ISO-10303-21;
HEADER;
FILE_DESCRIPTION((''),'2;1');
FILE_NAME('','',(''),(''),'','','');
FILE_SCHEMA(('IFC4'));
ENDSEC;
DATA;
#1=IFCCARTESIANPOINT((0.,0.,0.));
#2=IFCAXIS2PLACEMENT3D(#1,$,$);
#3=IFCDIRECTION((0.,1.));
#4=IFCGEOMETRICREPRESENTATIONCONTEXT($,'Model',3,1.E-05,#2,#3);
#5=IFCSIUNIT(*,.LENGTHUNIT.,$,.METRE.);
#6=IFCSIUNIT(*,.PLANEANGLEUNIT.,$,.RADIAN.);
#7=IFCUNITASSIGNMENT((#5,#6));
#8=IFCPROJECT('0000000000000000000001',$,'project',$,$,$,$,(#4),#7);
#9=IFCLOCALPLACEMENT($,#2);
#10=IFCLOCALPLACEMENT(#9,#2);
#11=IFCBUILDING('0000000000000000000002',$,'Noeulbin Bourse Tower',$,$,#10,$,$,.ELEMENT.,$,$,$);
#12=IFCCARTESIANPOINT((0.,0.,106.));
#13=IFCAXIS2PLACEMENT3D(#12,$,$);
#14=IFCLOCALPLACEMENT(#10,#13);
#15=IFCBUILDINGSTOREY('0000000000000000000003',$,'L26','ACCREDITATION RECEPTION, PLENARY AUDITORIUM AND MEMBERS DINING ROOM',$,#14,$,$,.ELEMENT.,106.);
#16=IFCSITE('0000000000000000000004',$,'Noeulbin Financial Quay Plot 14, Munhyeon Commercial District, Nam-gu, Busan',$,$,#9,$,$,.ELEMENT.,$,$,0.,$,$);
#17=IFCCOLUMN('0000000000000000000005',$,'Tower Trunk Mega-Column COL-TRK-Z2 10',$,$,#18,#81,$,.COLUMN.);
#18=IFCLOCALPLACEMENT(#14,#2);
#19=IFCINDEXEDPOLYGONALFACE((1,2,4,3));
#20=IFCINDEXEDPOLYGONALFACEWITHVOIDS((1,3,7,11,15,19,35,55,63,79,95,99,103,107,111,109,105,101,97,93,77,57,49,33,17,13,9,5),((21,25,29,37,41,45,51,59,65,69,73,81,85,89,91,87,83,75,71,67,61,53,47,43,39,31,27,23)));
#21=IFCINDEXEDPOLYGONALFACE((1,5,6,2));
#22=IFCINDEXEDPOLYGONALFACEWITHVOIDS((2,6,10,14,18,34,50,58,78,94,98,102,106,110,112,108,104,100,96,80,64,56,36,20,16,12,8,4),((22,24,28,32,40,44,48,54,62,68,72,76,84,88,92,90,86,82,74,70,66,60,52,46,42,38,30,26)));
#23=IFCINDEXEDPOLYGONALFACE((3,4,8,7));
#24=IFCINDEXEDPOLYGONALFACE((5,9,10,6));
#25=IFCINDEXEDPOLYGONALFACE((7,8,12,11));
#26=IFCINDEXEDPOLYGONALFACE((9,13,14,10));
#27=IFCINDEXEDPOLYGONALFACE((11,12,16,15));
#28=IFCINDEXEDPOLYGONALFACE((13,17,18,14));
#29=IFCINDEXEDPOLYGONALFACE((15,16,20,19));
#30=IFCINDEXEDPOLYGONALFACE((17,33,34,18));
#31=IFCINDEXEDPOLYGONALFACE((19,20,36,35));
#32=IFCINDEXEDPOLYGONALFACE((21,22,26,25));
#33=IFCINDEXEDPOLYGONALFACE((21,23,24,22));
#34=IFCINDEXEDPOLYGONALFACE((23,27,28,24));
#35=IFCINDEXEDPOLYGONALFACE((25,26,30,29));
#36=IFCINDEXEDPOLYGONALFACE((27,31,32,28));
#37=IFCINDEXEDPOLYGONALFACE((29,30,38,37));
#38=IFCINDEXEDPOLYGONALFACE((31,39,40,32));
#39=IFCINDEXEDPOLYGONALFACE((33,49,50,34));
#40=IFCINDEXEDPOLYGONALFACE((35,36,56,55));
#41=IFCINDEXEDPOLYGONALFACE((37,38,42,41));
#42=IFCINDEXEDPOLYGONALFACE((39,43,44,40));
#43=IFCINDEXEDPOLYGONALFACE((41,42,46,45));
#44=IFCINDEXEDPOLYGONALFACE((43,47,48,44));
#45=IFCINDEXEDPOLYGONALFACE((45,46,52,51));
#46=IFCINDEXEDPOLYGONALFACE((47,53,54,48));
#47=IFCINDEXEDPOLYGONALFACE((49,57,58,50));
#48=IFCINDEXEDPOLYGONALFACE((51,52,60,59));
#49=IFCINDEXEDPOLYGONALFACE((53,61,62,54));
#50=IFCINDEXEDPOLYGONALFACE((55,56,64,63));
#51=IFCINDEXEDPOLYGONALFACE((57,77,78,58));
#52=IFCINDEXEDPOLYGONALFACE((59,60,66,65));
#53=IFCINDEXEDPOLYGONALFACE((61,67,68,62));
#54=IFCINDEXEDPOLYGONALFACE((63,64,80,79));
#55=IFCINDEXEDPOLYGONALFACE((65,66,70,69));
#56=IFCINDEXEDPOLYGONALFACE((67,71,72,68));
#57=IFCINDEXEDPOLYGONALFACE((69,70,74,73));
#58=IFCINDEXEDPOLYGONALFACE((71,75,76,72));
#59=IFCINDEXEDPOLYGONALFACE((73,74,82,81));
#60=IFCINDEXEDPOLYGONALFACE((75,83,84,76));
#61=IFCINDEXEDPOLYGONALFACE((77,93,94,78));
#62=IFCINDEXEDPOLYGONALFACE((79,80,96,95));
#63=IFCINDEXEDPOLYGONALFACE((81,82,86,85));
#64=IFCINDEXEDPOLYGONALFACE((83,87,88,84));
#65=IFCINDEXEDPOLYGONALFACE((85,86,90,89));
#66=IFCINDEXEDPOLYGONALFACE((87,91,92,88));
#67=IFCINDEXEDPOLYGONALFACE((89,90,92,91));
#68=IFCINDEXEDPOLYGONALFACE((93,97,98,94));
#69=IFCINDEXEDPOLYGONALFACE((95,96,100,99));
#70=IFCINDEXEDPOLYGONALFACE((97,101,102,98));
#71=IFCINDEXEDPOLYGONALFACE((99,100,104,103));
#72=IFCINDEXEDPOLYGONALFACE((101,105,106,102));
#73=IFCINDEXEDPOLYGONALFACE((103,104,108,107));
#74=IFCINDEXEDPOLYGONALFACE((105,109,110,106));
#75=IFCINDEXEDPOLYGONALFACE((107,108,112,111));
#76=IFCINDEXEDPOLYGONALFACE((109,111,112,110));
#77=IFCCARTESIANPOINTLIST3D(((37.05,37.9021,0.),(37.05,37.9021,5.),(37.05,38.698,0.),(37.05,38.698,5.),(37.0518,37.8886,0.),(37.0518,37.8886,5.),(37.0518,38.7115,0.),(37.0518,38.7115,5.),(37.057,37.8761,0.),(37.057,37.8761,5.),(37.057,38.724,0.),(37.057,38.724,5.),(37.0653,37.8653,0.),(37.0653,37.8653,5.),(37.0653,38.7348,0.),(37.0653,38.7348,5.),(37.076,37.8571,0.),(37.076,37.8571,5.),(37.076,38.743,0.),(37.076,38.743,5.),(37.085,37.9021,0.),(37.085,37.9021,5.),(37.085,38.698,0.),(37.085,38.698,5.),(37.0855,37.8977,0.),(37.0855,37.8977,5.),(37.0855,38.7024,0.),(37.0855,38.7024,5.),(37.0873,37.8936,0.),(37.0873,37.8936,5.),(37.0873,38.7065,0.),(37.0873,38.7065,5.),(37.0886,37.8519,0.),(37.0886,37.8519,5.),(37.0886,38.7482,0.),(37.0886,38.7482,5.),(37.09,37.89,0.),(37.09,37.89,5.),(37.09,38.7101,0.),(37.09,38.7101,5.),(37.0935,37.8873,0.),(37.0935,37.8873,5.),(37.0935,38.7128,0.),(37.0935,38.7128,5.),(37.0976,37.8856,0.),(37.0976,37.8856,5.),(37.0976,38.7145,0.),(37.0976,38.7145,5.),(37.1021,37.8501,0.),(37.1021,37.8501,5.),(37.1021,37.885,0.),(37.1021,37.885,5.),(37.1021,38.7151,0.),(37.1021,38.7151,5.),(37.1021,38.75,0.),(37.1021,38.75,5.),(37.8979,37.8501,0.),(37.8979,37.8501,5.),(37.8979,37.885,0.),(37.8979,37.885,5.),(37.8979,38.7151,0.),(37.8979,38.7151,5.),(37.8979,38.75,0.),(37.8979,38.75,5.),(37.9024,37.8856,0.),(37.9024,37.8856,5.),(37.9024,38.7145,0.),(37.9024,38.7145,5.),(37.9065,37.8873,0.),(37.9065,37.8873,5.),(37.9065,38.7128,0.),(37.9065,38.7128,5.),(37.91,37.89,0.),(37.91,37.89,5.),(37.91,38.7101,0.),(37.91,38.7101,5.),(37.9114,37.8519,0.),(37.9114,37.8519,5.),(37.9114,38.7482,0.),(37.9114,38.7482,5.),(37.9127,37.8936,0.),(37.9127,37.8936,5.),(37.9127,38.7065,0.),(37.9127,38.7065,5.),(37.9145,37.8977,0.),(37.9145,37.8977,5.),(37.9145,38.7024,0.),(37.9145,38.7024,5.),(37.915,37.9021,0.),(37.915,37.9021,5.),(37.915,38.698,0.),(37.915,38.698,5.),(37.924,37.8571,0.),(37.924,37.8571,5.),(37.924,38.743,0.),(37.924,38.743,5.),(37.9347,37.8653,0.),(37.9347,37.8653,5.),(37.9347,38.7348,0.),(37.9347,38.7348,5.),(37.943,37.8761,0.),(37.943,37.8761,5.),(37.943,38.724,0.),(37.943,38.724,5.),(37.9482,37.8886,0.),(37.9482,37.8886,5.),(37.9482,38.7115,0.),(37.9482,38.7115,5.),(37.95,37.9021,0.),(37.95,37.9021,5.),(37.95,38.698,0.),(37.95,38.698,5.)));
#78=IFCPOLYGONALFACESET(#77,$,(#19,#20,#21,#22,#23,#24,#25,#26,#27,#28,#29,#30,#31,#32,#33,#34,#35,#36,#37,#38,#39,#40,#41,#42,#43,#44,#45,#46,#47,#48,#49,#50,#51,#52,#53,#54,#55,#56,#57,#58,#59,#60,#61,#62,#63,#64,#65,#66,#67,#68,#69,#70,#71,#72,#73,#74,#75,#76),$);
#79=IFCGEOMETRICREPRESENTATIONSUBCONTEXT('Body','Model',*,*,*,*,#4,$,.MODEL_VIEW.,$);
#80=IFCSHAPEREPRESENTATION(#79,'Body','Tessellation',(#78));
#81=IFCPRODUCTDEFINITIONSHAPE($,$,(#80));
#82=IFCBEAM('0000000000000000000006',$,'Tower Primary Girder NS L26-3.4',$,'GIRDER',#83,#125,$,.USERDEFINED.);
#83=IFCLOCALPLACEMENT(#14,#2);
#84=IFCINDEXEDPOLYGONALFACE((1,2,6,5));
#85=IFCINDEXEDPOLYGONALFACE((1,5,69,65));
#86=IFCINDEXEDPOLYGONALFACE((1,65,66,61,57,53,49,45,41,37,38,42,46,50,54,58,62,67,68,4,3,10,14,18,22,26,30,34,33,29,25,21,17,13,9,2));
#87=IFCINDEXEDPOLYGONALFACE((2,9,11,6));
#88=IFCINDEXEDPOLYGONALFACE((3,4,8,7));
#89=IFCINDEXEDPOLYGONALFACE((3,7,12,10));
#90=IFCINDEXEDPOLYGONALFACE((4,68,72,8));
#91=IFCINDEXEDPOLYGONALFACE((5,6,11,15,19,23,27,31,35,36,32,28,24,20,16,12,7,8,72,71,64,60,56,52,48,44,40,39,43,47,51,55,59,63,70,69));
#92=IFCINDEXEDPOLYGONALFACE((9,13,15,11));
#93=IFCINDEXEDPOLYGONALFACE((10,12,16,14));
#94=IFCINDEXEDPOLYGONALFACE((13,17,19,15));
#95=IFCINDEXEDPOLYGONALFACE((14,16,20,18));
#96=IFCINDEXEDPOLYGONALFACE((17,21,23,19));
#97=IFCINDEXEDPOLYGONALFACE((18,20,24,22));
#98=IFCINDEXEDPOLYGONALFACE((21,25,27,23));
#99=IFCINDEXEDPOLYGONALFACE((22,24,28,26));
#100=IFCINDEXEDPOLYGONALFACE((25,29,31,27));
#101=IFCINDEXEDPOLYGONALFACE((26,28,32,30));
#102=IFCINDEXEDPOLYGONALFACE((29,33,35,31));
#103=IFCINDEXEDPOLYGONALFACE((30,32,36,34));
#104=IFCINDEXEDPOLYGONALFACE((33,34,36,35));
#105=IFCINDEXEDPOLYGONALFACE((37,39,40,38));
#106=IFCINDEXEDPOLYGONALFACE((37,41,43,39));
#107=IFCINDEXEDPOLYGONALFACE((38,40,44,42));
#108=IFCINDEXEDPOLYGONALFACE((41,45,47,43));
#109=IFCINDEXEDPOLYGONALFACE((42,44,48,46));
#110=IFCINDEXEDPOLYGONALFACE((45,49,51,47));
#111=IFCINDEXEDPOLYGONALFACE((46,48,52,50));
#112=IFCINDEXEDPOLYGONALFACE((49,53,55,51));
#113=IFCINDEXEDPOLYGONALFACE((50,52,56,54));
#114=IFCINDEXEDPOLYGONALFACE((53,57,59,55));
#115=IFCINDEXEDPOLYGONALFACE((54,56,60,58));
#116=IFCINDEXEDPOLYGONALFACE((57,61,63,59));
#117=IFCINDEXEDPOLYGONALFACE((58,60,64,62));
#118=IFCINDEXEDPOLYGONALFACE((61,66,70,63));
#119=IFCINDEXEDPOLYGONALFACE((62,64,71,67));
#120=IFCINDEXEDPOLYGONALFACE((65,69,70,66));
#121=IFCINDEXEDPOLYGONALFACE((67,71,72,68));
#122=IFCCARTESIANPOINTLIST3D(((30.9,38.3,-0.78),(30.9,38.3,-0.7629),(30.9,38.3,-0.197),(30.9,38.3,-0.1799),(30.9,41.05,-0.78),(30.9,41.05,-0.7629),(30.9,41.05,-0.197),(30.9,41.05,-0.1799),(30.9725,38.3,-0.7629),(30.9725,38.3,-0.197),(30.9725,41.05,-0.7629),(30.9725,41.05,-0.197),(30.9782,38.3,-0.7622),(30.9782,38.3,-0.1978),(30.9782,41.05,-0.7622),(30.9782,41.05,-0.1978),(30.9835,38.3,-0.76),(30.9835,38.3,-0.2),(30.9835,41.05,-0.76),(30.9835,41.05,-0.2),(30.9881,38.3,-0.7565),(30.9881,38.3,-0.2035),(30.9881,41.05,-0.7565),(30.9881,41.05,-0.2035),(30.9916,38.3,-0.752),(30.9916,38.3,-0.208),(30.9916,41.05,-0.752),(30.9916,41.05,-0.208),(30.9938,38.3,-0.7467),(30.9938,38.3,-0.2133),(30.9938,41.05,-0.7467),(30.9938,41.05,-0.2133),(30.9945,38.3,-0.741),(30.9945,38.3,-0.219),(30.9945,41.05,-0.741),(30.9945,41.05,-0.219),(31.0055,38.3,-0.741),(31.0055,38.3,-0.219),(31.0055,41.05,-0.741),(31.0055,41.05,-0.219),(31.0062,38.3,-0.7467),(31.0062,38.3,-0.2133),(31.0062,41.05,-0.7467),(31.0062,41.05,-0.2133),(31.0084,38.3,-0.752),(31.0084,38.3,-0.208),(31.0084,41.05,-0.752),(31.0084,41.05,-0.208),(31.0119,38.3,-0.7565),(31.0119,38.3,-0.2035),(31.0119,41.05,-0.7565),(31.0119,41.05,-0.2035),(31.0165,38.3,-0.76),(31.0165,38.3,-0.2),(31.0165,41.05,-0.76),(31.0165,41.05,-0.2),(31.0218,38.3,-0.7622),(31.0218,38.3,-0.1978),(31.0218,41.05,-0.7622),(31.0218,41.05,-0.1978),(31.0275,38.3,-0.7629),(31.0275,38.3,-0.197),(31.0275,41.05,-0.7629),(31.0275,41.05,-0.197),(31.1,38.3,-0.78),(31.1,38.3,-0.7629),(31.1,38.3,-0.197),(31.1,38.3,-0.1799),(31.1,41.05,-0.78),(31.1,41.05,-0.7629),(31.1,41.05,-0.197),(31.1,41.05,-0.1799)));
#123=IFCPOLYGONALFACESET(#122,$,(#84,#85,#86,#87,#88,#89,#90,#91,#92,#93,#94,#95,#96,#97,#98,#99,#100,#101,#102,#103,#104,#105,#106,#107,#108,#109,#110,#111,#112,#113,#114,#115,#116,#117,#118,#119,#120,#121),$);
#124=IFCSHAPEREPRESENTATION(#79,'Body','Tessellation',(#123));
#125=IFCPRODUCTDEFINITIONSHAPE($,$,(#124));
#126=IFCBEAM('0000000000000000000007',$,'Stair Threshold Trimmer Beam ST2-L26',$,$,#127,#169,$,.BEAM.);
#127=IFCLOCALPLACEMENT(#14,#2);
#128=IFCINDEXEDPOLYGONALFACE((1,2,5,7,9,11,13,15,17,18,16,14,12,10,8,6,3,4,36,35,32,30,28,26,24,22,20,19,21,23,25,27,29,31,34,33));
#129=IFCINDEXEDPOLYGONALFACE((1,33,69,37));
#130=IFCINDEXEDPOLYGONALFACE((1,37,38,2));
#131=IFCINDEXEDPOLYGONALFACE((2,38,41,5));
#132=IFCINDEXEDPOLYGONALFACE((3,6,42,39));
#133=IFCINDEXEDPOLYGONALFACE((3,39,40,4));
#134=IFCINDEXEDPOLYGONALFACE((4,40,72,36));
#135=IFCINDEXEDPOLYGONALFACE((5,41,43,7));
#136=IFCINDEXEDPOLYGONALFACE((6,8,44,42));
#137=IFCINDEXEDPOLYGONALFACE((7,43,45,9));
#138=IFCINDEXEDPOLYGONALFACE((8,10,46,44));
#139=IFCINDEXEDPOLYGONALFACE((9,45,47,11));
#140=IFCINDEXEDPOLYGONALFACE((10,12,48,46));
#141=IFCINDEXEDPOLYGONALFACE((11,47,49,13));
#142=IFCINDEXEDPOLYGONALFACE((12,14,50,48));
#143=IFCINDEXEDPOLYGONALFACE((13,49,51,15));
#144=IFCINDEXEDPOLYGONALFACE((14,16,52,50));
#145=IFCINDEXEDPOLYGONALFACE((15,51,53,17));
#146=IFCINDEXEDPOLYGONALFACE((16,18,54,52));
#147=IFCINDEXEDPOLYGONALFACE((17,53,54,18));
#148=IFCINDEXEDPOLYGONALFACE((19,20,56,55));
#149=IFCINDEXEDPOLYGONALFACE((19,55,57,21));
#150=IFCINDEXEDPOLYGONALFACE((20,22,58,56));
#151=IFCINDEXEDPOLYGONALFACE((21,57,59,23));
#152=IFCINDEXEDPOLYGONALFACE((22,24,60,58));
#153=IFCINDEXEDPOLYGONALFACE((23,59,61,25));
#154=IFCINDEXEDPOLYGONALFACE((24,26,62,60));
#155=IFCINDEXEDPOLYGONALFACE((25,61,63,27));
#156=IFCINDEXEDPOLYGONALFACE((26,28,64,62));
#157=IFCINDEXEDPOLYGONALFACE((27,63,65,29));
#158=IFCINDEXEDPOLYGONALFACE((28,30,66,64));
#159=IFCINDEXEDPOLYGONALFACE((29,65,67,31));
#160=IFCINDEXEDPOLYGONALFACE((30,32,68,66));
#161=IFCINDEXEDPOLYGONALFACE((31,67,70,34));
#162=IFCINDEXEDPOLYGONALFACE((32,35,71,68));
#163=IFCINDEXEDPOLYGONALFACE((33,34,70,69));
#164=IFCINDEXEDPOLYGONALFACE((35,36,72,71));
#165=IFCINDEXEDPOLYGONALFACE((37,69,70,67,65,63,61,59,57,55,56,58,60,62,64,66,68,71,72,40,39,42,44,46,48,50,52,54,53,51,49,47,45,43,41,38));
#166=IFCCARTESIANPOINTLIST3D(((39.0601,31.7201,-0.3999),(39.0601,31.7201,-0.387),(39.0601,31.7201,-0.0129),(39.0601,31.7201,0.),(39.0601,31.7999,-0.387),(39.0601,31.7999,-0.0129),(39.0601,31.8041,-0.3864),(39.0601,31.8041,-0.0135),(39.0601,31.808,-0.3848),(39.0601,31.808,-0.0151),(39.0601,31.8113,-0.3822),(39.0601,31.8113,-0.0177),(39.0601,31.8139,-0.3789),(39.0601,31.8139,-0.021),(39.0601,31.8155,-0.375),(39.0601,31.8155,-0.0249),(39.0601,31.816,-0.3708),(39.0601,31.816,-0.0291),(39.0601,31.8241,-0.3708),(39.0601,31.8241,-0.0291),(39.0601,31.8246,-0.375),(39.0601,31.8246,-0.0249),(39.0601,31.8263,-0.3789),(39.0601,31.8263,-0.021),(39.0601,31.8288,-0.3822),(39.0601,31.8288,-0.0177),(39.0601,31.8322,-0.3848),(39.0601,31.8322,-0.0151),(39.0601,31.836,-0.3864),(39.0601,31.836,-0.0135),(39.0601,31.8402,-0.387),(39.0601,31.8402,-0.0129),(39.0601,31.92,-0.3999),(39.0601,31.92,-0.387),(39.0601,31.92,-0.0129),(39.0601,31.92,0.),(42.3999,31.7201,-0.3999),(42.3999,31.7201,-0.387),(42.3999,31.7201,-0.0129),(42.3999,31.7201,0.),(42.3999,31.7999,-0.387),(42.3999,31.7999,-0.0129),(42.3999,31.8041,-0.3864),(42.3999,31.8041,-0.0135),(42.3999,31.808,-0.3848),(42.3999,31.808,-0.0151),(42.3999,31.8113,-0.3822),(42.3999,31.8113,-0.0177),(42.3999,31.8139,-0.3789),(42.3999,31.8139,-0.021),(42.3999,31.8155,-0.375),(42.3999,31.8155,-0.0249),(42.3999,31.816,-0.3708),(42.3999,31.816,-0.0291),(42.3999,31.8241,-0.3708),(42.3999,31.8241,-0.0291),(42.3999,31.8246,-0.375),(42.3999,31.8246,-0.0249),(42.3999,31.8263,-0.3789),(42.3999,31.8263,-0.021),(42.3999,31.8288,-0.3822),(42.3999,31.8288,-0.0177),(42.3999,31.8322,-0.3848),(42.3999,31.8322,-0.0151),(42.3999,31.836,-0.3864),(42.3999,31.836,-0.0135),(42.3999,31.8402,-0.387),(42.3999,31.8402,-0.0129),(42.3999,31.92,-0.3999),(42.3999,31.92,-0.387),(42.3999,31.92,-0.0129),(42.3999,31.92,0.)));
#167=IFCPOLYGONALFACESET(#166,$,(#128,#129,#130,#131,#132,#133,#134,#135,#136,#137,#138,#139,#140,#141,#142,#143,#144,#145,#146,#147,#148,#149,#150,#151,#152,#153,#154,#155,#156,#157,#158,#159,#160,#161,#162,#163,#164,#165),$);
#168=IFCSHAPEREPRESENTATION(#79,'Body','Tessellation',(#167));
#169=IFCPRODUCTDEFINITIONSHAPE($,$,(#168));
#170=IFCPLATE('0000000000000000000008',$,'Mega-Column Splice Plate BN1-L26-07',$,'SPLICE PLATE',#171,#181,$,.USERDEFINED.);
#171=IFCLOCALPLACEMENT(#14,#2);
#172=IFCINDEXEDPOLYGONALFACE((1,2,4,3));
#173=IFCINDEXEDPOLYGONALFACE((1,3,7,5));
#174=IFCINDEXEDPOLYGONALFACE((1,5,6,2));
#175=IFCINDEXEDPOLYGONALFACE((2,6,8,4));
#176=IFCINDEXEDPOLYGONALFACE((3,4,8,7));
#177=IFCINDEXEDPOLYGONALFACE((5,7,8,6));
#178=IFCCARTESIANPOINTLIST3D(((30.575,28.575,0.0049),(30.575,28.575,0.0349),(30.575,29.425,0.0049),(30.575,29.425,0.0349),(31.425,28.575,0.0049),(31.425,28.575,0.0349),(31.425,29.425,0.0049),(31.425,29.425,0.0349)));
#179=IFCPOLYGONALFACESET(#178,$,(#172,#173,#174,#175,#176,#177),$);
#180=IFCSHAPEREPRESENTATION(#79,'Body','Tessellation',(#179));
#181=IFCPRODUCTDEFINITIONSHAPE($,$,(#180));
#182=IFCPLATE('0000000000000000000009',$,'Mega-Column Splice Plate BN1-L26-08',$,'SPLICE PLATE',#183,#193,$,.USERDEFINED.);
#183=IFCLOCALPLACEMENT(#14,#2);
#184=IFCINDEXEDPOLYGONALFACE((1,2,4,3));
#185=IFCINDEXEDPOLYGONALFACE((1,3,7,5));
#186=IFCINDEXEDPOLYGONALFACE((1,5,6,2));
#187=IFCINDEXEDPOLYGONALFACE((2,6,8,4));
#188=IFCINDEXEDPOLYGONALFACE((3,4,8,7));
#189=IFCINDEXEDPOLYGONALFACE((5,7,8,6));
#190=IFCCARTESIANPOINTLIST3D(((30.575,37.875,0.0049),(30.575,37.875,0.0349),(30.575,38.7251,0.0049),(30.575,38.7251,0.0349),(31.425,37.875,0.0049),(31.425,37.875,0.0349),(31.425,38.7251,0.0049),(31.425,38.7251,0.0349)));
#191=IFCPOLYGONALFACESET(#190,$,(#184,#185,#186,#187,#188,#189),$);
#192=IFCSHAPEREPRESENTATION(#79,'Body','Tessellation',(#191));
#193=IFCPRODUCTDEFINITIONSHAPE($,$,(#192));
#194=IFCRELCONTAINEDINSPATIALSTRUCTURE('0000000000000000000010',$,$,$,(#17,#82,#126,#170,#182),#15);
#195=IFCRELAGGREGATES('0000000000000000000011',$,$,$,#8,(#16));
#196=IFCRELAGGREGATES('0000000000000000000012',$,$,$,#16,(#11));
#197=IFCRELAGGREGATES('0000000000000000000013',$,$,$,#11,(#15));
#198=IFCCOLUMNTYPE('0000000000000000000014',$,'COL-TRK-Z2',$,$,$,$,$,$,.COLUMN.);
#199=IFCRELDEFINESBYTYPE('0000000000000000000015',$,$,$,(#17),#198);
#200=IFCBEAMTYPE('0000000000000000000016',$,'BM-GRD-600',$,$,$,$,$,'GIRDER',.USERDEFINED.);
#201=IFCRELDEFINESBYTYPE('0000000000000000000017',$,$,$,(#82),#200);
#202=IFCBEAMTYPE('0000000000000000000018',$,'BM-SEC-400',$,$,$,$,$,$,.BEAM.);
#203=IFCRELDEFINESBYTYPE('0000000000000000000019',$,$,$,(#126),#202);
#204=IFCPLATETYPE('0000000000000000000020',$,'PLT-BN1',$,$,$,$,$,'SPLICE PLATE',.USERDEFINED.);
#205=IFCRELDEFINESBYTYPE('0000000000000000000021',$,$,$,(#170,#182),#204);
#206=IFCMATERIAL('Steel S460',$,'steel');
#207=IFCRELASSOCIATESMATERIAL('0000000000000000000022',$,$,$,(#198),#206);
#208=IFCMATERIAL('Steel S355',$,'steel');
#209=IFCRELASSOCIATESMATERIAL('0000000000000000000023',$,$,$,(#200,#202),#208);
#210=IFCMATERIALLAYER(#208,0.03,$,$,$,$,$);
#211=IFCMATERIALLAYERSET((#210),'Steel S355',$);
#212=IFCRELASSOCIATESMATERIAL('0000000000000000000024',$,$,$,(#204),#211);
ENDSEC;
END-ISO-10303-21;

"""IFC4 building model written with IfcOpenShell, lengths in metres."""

from ifc_helpers import new_model, si_unit, direction, frame, origin, origin_2d, place, context, subcontext, project, spatial, rectangle, hollow_rectangle, i_section, extrude, material, layer, layer_set, material_profile, profile_set, type_object, element, save


model = new_model("IFC4")

# Units and contexts
model_context = context("Model", 3, precision=1e-05, world=origin(), true_north=direction((0.0, 1.0)))
body_context = subcontext(model_context, "Body", "Model", "MODEL_VIEW")
ifc_project = project(units=[si_unit("LENGTHUNIT", "METRE"), si_unit("PLANEANGLEUNIT", "RADIAN")], contexts=[model_context])

# Site, building, storey
site_placement = place(None, origin())
site = spatial("IfcSite", under=ifc_project, at=site_placement, Name="Noeulbin Financial Quay Plot 14, Munhyeon Commercial District, Nam-gu, Busan", CompositionType="ELEMENT", RefElevation=0.0)
building_placement = place(site_placement, origin())
building = spatial("IfcBuilding", under=site, at=building_placement, Name="Noeulbin Bourse Tower", CompositionType="ELEMENT")
storey_placement = place(building_placement, frame((0.0, 0.0, 106.0)))
storey = spatial("IfcBuildingStorey", under=building, at=storey_placement, Name="L26", Description="ACCREDITATION RECEPTION, PLENARY AUDITORIUM AND MEMBERS DINING ROOM", CompositionType="ELEMENT", Elevation=106.0)

# Column
ifc_material_1 = material(Name="Steel S460", Category="steel")
ifc_material_profile_1 = material_profile(ifc_material_1, hollow_rectangle(XDim=0.8999, YDim=0.8999, WallThickness=0.0349, InnerFilletRadius=0.0171, OuterFilletRadius=0.052, at=origin_2d()), Name="BOX-900x900x35", Category="LoadBearing")
ifc_profile_set_1 = profile_set([ifc_material_profile_1], Name="Steel S460")
column_type = type_object("IfcColumnType", Name="COL-TRK-Z2", PredefinedType="COLUMN", material=ifc_profile_set_1)
for number, where, z_axis, x_axis, name in (
    (1, (37.5, 38.3, 0.0), (0.0, 0.0, 1.0), (1.0, 0.0, 0.0), "Tower Trunk Mega-Column COL-TRK-Z2 10"),
):
    element("IfcColumn", number, at=place(storey_placement, frame(where, z_axis=z_axis, x_axis=x_axis)), inside=storey, type_object=column_type, Name=name, PredefinedType="COLUMN", context=body_context, shape_type="SweptSolid", body=[
        extrude(hollow_rectangle(XDim=0.8999, YDim=0.8999, WallThickness=0.0349, InnerFilletRadius=0.0171, OuterFilletRadius=0.052, at=origin_2d()), origin(), (0.0, 0.0, 1.0), 5.0),
    ])

# Beams
ifc_material_2 = material(Name="Steel S355", Category="steel")
ifc_material_profile_2 = material_profile(ifc_material_2, i_section(OverallWidth=0.2, OverallDepth=0.6001, WebThickness=0.011, FlangeThickness=0.0171, FilletRadius=0.022, at=origin_2d()), Name="H-600x200x11x17", Category="LoadBearing")
ifc_profile_set_2 = profile_set([ifc_material_profile_2], Name="Steel S355")
beam_type_1 = type_object("IfcBeamType", Name="BM-GRD-600", ElementType="GIRDER", PredefinedType="USERDEFINED", material=ifc_profile_set_2)
beam_1_placement = place(storey_placement, frame((31.0, 38.3, -0.48), z_axis=(0.0, 1.0, 0.0), x_axis=(-1.0, 0.0, 0.0)))
element("IfcBeam", 2, at=beam_1_placement, inside=storey, type_object=beam_type_1, Name="Tower Primary Girder NS L26-3.4", ObjectType="GIRDER", PredefinedType="USERDEFINED", context=body_context, shape_type="SweptSolid", body=[
    extrude(i_section(OverallWidth=0.2, OverallDepth=0.6001, WebThickness=0.011, FlangeThickness=0.0171, FilletRadius=0.022, at=origin_2d()), origin(), (0.0, 0.0, 1.0), 2.75),
])
ifc_material_profile_3 = material_profile(ifc_material_2, i_section(OverallWidth=0.2, OverallDepth=0.3999, WebThickness=0.0081, FlangeThickness=0.0129, FilletRadius=0.0161, at=origin_2d()), Name="H-400x200x8x13", Category="LoadBearing")
ifc_profile_set_3 = profile_set([ifc_material_profile_3], Name="Steel S355")
beam_type_2 = type_object("IfcBeamType", Name="BM-SEC-400", PredefinedType="BEAM", material=ifc_profile_set_3)
beam_2_placement = place(storey_placement, frame((39.0601, 31.8201, -0.2), z_axis=(1.0, 0.0, 0.0), x_axis=(0.0, 1.0, 0.0)))
element("IfcBeam", 3, at=beam_2_placement, inside=storey, type_object=beam_type_2, Name="Stair Threshold Trimmer Beam ST2-L26", PredefinedType="BEAM", context=body_context, shape_type="SweptSolid", body=[
    extrude(i_section(OverallWidth=0.2, OverallDepth=0.3999, WebThickness=0.0081, FlangeThickness=0.0129, FilletRadius=0.0161, at=origin_2d()), origin(), (0.0, 0.0, 1.0), 3.3398),
])

# Plates
ifc_layer_1 = layer(ifc_material_2, 0.03)
ifc_layer_set_1 = layer_set([ifc_layer_1], Name="Steel S355")
plate_type = type_object("IfcPlateType", Name="PLT-BN1", ElementType="SPLICE PLATE", PredefinedType="USERDEFINED", material=ifc_layer_set_1)
for number, where, z_axis, x_axis, name in (
    (4, (31.0, 29.0, 0.0049), (0.0, 0.0, 1.0), (1.0, 0.0, 0.0), "Mega-Column Splice Plate BN1-L26-07"),
    (5, (31.0, 38.3, 0.0049), (0.0, 0.0, 1.0), (1.0, 0.0, 0.0), "Mega-Column Splice Plate BN1-L26-08"),
):
    element("IfcPlate", number, at=place(storey_placement, frame(where, z_axis=z_axis, x_axis=x_axis)), inside=storey, type_object=plate_type, Name=name, ObjectType="SPLICE PLATE", PredefinedType="USERDEFINED", context=body_context, shape_type="SweptSolid", body=[
        extrude(rectangle(XDim=0.8501, YDim=0.8501, at=origin_2d()), origin(), (0.0, 0.0, 1.0), 0.03),
    ])

save(model, "model.ifc")
